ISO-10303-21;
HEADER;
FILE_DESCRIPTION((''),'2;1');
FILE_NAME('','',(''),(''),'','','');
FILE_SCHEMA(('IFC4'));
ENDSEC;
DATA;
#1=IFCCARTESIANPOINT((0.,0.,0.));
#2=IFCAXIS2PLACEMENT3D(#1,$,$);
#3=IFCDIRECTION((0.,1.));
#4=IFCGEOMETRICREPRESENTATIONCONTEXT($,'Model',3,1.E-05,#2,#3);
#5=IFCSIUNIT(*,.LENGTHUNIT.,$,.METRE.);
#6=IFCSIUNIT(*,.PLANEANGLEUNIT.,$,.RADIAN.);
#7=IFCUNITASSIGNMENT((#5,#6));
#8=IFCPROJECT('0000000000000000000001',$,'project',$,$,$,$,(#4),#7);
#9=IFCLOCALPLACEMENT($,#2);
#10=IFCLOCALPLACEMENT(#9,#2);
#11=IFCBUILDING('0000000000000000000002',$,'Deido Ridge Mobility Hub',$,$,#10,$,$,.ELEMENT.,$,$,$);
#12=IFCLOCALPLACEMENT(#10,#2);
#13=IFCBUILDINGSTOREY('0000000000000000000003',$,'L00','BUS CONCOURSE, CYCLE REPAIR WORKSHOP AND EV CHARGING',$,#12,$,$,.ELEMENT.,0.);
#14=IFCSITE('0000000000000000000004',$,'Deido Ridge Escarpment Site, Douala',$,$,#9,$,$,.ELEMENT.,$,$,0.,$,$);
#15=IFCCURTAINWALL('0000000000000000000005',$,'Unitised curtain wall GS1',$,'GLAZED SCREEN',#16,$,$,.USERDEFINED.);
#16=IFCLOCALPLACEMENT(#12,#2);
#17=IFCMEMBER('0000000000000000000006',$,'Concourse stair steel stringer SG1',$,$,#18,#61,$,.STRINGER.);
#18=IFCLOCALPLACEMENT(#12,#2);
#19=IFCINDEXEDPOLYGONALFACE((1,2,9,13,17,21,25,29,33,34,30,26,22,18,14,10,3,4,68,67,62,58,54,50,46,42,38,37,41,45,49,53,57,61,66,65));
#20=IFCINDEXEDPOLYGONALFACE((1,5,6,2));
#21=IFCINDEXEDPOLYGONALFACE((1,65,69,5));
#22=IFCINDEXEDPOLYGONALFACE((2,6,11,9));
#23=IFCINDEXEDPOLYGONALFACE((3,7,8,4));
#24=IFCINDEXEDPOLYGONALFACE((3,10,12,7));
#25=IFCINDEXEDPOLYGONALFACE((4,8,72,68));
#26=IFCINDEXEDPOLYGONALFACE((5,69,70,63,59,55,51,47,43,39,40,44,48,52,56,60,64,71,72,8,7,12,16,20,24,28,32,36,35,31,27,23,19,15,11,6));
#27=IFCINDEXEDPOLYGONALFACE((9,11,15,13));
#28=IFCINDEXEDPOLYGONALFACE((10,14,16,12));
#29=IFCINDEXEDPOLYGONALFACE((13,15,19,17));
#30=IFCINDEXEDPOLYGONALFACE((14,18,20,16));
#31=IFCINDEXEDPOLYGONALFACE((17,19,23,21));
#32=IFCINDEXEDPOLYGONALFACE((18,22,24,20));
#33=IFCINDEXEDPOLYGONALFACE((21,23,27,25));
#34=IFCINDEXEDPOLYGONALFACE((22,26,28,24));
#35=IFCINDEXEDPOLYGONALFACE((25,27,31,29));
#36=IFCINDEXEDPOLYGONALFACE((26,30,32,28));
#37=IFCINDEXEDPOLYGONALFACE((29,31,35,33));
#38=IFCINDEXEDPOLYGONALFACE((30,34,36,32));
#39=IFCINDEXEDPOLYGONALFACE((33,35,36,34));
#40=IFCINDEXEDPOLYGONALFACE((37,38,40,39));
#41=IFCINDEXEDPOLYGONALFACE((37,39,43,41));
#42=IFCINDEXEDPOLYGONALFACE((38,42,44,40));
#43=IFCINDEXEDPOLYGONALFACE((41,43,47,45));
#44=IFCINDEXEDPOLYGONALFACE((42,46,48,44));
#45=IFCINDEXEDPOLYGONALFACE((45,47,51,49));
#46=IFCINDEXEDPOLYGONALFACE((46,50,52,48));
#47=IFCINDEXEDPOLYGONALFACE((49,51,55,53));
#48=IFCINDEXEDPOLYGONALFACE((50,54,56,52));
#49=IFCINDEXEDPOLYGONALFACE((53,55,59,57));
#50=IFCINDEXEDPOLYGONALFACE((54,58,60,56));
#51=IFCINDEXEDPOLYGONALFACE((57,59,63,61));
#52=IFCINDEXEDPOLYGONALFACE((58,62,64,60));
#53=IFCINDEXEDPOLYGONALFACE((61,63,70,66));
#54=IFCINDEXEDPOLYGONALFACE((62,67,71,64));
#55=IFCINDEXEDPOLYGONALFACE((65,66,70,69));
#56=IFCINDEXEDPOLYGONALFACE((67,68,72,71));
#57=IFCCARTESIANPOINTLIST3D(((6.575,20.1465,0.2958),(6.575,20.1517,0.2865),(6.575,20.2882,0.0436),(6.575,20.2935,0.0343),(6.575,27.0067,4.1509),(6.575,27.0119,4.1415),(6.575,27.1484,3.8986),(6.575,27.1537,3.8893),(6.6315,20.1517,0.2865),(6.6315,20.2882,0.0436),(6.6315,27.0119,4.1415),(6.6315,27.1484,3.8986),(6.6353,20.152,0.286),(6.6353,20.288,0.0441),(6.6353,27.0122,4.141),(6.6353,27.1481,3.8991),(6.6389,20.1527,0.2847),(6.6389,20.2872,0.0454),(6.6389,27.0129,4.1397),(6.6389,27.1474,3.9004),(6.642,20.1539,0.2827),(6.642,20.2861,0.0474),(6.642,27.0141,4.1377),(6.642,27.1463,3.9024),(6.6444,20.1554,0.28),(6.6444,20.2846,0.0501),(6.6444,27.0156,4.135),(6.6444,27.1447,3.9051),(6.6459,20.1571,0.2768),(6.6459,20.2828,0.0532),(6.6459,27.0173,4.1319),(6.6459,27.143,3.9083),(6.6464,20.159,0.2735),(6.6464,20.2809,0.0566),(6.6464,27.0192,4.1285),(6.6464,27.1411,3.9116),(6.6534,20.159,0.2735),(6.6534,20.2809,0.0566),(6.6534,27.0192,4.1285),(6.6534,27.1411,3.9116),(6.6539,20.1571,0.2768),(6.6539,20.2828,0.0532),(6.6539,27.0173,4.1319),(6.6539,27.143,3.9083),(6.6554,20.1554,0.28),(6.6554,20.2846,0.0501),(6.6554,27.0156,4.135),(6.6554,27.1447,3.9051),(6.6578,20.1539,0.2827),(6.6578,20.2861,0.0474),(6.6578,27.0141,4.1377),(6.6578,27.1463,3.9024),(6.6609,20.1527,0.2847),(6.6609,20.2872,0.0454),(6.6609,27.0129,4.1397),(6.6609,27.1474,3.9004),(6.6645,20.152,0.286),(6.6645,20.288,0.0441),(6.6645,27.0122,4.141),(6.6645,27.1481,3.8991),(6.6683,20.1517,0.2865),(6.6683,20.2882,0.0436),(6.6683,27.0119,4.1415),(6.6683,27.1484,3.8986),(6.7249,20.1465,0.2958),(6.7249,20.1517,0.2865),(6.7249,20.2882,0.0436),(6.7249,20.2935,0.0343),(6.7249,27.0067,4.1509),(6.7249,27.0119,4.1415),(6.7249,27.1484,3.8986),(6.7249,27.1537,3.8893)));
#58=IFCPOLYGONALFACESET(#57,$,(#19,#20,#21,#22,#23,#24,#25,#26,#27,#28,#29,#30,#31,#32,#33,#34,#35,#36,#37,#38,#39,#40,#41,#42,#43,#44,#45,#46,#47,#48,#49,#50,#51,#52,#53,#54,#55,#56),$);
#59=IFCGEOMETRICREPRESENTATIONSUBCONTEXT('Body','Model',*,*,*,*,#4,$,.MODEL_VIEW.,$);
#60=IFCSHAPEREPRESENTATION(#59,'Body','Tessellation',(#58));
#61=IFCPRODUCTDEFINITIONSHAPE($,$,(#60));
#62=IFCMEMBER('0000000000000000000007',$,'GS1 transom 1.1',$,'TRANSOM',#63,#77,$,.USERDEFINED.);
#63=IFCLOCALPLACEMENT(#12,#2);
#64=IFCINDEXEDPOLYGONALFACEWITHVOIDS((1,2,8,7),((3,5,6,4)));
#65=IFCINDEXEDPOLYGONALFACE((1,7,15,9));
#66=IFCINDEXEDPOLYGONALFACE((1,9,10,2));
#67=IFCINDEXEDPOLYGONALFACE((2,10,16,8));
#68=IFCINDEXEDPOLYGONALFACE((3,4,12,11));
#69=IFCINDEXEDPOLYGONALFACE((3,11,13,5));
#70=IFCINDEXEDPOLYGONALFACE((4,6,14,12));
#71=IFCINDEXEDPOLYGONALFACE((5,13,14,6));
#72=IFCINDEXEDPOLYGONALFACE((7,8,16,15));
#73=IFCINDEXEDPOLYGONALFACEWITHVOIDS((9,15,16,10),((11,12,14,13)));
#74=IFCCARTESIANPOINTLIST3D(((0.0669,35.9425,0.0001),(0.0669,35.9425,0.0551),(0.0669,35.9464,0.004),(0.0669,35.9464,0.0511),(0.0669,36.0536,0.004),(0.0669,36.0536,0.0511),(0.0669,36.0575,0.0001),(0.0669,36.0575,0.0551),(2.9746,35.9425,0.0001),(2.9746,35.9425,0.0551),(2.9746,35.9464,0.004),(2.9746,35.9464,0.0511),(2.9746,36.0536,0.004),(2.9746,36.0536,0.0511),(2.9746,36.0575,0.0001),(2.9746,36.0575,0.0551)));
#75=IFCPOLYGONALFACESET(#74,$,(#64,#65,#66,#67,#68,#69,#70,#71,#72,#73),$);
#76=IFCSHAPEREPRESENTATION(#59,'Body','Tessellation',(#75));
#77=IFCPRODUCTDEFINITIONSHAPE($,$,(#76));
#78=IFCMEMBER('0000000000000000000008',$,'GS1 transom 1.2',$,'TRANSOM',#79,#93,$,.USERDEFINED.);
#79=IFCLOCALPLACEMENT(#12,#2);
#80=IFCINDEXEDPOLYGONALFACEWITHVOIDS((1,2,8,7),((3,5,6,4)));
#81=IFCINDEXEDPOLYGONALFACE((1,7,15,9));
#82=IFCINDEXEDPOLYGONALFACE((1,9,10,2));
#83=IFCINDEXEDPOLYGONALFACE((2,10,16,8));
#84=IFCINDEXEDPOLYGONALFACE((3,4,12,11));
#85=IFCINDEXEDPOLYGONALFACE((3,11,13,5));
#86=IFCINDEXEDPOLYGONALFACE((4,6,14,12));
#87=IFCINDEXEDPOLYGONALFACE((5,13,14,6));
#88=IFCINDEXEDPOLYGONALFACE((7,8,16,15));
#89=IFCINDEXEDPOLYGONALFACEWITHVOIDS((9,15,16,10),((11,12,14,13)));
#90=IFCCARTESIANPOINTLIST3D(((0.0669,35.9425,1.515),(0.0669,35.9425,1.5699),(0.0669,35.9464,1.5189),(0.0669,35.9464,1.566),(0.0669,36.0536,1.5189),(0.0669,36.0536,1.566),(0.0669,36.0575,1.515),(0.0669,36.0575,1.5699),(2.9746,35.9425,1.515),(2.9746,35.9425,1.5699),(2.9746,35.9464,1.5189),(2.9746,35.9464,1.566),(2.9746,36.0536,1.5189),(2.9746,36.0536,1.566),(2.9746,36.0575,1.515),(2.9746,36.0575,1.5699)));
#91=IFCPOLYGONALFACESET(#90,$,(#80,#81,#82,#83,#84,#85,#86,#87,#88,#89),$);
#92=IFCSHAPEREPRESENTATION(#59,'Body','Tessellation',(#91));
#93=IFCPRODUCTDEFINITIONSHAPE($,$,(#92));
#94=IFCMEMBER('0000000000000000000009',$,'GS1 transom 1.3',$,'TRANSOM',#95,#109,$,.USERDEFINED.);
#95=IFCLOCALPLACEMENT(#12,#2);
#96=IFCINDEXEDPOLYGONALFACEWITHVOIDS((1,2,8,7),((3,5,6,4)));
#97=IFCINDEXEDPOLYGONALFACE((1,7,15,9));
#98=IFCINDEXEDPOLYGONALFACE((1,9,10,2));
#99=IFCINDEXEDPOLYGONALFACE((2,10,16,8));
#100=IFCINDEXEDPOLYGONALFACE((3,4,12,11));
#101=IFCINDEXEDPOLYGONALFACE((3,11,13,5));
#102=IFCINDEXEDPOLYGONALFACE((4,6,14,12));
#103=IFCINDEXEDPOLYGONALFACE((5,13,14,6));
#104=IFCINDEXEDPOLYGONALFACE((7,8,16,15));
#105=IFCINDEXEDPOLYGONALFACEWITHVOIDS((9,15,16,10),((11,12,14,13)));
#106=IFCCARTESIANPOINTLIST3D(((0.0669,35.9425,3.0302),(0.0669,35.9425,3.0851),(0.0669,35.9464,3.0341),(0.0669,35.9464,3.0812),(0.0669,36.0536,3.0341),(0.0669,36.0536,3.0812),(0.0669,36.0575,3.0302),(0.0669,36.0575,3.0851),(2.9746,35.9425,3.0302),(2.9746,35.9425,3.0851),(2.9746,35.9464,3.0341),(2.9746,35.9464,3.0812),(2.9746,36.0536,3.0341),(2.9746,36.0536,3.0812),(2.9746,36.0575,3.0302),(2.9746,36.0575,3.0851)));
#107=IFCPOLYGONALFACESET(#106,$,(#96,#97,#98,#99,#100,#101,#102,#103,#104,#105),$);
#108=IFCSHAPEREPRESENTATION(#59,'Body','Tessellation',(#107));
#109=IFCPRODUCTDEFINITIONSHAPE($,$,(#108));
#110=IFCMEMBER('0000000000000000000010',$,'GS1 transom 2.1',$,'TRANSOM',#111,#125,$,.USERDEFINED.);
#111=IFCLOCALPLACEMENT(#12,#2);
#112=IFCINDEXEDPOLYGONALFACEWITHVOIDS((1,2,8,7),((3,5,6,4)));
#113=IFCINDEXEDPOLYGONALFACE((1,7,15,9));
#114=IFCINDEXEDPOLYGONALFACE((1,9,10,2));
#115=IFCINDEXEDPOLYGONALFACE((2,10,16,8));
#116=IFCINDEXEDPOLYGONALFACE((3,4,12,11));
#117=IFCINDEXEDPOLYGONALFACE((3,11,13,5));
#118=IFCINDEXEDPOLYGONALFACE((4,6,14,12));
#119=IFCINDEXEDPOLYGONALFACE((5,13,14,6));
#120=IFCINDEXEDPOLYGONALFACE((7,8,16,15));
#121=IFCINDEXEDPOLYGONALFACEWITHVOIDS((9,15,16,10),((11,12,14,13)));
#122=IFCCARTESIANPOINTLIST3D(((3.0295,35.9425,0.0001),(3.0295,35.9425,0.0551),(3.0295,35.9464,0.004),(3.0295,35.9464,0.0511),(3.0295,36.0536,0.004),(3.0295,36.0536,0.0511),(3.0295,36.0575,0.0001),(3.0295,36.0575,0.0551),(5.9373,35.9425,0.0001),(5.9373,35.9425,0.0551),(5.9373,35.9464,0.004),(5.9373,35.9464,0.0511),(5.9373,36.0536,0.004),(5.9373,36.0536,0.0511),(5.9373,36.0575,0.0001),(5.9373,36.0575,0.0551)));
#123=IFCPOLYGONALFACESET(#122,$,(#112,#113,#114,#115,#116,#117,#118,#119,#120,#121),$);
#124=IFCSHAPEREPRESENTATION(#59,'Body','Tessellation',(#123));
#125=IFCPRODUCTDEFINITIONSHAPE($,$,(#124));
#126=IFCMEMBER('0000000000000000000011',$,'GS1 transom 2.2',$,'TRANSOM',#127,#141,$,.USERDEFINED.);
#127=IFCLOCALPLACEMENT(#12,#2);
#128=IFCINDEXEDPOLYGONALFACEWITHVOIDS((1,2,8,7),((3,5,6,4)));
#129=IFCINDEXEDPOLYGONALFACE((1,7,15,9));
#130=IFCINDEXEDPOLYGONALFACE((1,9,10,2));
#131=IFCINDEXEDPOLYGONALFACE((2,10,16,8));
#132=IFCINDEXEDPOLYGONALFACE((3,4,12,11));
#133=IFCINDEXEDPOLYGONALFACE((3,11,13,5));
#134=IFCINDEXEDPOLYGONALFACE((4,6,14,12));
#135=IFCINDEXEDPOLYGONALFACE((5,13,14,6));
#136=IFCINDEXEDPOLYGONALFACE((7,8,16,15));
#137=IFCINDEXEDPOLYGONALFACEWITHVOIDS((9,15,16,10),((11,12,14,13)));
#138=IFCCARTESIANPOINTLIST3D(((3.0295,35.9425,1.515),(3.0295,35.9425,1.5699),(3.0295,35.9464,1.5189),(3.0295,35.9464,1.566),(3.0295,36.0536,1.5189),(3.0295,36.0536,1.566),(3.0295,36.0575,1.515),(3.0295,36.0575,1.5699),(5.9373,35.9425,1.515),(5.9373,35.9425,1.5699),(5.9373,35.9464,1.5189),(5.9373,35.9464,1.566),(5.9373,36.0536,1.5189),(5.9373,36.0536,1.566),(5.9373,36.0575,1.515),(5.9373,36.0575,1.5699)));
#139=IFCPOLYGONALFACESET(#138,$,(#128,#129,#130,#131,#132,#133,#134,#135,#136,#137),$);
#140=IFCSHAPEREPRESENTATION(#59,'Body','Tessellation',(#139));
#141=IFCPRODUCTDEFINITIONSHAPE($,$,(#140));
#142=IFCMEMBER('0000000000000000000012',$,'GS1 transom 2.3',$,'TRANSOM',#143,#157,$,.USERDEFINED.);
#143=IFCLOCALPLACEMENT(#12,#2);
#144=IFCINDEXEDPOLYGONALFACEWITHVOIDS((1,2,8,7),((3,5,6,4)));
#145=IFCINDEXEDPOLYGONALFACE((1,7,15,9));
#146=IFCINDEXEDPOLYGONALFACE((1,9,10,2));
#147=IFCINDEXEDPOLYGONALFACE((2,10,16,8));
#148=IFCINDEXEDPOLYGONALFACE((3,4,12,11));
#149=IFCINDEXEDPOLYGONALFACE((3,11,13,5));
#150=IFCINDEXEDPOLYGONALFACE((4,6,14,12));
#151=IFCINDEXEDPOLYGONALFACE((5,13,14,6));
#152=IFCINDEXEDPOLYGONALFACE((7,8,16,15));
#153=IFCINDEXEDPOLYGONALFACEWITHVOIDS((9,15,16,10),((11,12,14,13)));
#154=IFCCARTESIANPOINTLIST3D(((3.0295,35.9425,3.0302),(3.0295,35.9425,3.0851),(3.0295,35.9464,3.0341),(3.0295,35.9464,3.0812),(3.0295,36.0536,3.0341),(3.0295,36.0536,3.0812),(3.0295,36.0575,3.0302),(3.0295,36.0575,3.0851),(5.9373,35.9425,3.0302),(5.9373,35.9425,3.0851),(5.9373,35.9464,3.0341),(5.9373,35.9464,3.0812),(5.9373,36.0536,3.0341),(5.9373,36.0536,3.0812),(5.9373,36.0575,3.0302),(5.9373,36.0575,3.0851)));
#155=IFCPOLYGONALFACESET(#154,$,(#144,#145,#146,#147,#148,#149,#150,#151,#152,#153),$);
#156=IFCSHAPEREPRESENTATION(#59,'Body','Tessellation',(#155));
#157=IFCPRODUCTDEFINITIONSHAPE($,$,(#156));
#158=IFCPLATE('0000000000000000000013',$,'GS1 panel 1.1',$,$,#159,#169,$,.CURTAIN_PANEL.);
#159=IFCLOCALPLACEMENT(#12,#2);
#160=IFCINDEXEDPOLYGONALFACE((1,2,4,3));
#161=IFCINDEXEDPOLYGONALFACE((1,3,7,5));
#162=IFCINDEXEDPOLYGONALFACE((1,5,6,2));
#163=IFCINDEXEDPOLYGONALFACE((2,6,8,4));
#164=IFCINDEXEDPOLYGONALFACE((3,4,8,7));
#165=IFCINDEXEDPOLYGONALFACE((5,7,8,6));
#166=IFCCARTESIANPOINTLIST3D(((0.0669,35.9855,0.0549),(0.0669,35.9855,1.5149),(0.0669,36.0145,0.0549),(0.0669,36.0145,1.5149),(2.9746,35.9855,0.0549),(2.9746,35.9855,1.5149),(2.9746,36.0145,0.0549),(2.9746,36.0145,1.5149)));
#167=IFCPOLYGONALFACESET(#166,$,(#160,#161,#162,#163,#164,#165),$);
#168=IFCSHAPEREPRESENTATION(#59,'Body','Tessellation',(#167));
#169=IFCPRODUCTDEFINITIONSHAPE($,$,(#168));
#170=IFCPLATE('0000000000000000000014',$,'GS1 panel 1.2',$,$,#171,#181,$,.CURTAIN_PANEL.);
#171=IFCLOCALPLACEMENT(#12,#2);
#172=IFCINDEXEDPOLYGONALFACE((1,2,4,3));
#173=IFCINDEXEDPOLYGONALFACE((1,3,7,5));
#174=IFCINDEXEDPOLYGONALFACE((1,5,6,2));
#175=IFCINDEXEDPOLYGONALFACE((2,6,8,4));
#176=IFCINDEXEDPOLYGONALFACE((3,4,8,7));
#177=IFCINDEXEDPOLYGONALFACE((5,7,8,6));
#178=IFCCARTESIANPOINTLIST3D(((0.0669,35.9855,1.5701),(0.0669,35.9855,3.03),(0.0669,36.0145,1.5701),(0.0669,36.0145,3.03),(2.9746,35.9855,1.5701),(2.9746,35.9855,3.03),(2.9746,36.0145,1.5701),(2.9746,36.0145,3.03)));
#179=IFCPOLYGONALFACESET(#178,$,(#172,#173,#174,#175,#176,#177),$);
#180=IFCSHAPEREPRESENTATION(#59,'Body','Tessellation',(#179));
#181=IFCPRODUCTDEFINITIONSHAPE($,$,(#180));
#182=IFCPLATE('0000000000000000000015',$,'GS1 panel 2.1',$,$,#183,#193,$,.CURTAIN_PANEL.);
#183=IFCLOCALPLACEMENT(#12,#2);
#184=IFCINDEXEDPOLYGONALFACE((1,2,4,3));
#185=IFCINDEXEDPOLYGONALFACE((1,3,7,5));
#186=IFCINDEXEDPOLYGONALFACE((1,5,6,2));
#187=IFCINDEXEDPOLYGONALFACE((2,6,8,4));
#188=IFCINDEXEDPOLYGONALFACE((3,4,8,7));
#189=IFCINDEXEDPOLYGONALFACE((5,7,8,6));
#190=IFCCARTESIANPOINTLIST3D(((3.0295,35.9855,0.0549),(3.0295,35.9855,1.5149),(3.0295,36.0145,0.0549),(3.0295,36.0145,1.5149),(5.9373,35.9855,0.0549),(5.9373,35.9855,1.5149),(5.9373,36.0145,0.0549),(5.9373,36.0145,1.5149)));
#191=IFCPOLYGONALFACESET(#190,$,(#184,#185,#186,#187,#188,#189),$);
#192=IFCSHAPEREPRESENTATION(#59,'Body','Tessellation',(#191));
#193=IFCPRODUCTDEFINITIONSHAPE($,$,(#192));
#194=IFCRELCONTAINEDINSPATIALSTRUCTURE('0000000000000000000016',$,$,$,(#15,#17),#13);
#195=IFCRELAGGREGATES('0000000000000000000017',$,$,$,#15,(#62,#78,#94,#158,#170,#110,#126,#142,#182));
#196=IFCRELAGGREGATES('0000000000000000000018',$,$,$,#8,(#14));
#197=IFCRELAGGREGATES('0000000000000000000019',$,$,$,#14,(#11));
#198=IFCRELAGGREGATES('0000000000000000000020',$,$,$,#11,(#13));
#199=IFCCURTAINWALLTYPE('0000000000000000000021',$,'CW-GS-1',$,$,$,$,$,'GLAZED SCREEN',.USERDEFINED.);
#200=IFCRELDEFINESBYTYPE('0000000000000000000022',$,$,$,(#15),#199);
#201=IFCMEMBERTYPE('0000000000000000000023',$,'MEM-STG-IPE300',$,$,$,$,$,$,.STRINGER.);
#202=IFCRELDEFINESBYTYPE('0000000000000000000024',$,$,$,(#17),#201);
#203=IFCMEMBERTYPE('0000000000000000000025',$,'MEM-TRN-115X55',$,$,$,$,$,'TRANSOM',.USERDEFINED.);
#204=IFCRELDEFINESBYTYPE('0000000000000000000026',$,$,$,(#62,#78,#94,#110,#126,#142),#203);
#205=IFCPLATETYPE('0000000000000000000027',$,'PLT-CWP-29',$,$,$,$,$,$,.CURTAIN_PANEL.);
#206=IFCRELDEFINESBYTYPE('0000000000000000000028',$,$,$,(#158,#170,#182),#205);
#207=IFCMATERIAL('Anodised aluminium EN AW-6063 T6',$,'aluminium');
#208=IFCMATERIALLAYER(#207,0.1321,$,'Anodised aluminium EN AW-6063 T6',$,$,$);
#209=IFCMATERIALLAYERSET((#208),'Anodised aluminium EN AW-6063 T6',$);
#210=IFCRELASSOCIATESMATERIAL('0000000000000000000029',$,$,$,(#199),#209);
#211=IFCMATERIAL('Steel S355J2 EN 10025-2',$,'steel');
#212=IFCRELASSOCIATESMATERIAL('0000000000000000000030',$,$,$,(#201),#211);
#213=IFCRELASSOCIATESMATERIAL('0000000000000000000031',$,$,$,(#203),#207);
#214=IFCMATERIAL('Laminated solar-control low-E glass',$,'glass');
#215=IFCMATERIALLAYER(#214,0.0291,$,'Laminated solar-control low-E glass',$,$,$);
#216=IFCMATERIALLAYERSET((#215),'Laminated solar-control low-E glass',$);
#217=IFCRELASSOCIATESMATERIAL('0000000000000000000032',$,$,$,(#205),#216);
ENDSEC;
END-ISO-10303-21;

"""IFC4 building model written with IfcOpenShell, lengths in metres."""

from ifc_helpers import new_model, si_unit, direction, frame, origin, origin_2d, place, context, subcontext, project, spatial, rectangle, hollow_rectangle, i_section, extrude, material, layer, layer_set, material_profile, profile_set, type_object, element, aggregate, save


model = new_model("IFC4")

# Units and contexts
model_context = context("Model", 3, precision=1e-05, world=origin(), true_north=direction((0.0, 1.0)))
body_context = subcontext(model_context, "Body", "Model", "MODEL_VIEW")
ifc_project = project(units=[si_unit("LENGTHUNIT", "METRE"), si_unit("PLANEANGLEUNIT", "RADIAN")], contexts=[model_context])

# Site, building, storey
site_placement = place(None, origin())
site = spatial("IfcSite", under=ifc_project, at=site_placement, Name="Deido Ridge Escarpment Site, Douala", CompositionType="ELEMENT", RefElevation=0.0)
building_placement = place(site_placement, origin())
building = spatial("IfcBuilding", under=site, at=building_placement, Name="Deido Ridge Mobility Hub", CompositionType="ELEMENT")
storey_placement = place(building_placement, origin())
storey = spatial("IfcBuildingStorey", under=building, at=storey_placement, Name="L00", Description="BUS CONCOURSE, CYCLE REPAIR WORKSHOP AND EV CHARGING", CompositionType="ELEMENT", Elevation=0.0)

# Shared definitions
ifc_material_1 = material(Name="Steel S355J2 EN 10025-2", Category="steel")

# Curtain wall
ifc_material_2 = material(Name="Anodised aluminium EN AW-6063 T6", Category="aluminium")
ifc_layer_1 = layer(ifc_material_2, 0.1321, Name="Anodised aluminium EN AW-6063 T6")
ifc_layer_set_1 = layer_set([ifc_layer_1], Name="Anodised aluminium EN AW-6063 T6")
curtain_wall_type = type_object("IfcCurtainWallType", Name="CW-GS-1", ElementType="GLAZED SCREEN", PredefinedType="USERDEFINED", material=ifc_layer_set_1)
curtain_wall_placement = place(storey_placement, origin())
curtain_wall = element("IfcCurtainWall", 1, at=curtain_wall_placement, inside=storey, type_object=curtain_wall_type, Name="Unitised curtain wall GS1", ObjectType="GLAZED SCREEN", PredefinedType="USERDEFINED")

# Member
ifc_material_profile_1 = material_profile(ifc_material_1, i_section(OverallWidth=0.1499, OverallDepth=0.3, WebThickness=0.0071, FlangeThickness=0.0107, FilletRadius=0.0149, at=origin_2d()), Name="IPE 300")
ifc_profile_set_1 = profile_set([ifc_material_profile_1], Name="Steel S355J2 EN 10025-2")
member_type_1 = type_object("IfcMemberType", Name="MEM-STG-IPE300", PredefinedType="STRINGER", material=ifc_profile_set_1)
for number, where, z_axis, x_axis, name in (
    (2, (6.6499, 20.22, 0.165), (0.0, 0.871783, 0.489891), (-1.0, 0.0, 0.0), "Concourse stair steel stringer SG1"),
):
    element("IfcMember", number, at=place(storey_placement, frame(where, z_axis=z_axis, x_axis=x_axis)), inside=storey, type_object=member_type_1, Name=name, PredefinedType="STRINGER", context=body_context, shape_type="SweptSolid", body=[
        extrude(i_section(OverallWidth=0.1499, OverallDepth=0.3, WebThickness=0.0071, FlangeThickness=0.0107, FilletRadius=0.0149, at=origin_2d()), origin(), (0.0, 0.0, 1.0), 7.8691),
    ])

# Members
ifc_material_profile_2 = material_profile(ifc_material_2, hollow_rectangle(XDim=0.115, YDim=0.0549, WallThickness=0.0039, at=origin_2d()), Name="RHS 115x55x4")
ifc_profile_set_2 = profile_set([ifc_material_profile_2], Name="Anodised aluminium EN AW-6063 T6")
member_type_2 = type_object("IfcMemberType", Name="MEM-TRN-115X55", ElementType="TRANSOM", PredefinedType="USERDEFINED", material=ifc_profile_set_2)
member_1_placement = place(storey_placement, frame((0.0669, 36.0, 0.0276), z_axis=(1.0, 0.0, 0.0), x_axis=(0.0, 1.0, 0.0)))
member_1 = element("IfcMember", 3, at=member_1_placement, type_object=member_type_2, Name="GS1 transom 1.1", ObjectType="TRANSOM", PredefinedType="USERDEFINED", context=body_context, shape_type="SweptSolid", body=[
    extrude(hollow_rectangle(XDim=0.115, YDim=0.0549, WallThickness=0.0039, at=origin_2d()), origin(), (0.0, 0.0, 1.0), 2.9077),
])
member_2_placement = place(storey_placement, frame((0.0669, 36.0, 1.5425), z_axis=(1.0, 0.0, 0.0), x_axis=(0.0, 1.0, 0.0)))
member_2 = element("IfcMember", 4, at=member_2_placement, type_object=member_type_2, Name="GS1 transom 1.2", ObjectType="TRANSOM", PredefinedType="USERDEFINED", context=body_context, shape_type="SweptSolid", body=[
    extrude(hollow_rectangle(XDim=0.115, YDim=0.0549, WallThickness=0.0039, at=origin_2d()), origin(), (0.0, 0.0, 1.0), 2.9077),
])
member_3_placement = place(storey_placement, frame((0.0669, 36.0, 3.0576), z_axis=(1.0, 0.0, 0.0), x_axis=(0.0, 1.0, 0.0)))
member_3 = element("IfcMember", 5, at=member_3_placement, type_object=member_type_2, Name="GS1 transom 1.3", ObjectType="TRANSOM", PredefinedType="USERDEFINED", context=body_context, shape_type="SweptSolid", body=[
    extrude(hollow_rectangle(XDim=0.115, YDim=0.0549, WallThickness=0.0039, at=origin_2d()), origin(), (0.0, 0.0, 1.0), 2.9077),
])
member_4_placement = place(storey_placement, frame((3.0295, 36.0, 0.0276), z_axis=(1.0, 0.0, 0.0), x_axis=(0.0, 1.0, 0.0)))
member_4 = element("IfcMember", 6, at=member_4_placement, type_object=member_type_2, Name="GS1 transom 2.1", ObjectType="TRANSOM", PredefinedType="USERDEFINED", context=body_context, shape_type="SweptSolid", body=[
    extrude(hollow_rectangle(XDim=0.115, YDim=0.0549, WallThickness=0.0039, at=origin_2d()), origin(), (0.0, 0.0, 1.0), 2.9077),
])
member_5_placement = place(storey_placement, frame((3.0295, 36.0, 1.5425), z_axis=(1.0, 0.0, 0.0), x_axis=(0.0, 1.0, 0.0)))
member_5 = element("IfcMember", 7, at=member_5_placement, type_object=member_type_2, Name="GS1 transom 2.2", ObjectType="TRANSOM", PredefinedType="USERDEFINED", context=body_context, shape_type="SweptSolid", body=[
    extrude(hollow_rectangle(XDim=0.115, YDim=0.0549, WallThickness=0.0039, at=origin_2d()), origin(), (0.0, 0.0, 1.0), 2.9077),
])
member_6_placement = place(storey_placement, frame((3.0295, 36.0, 3.0576), z_axis=(1.0, 0.0, 0.0), x_axis=(0.0, 1.0, 0.0)))
member_6 = element("IfcMember", 8, at=member_6_placement, type_object=member_type_2, Name="GS1 transom 2.3", ObjectType="TRANSOM", PredefinedType="USERDEFINED", context=body_context, shape_type="SweptSolid", body=[
    extrude(hollow_rectangle(XDim=0.115, YDim=0.0549, WallThickness=0.0039, at=origin_2d()), origin(), (0.0, 0.0, 1.0), 2.9077),
])

# Plates
ifc_material_3 = material(Name="Laminated solar-control low-E glass", Category="glass")
ifc_layer_2 = layer(ifc_material_3, 0.0291, Name="Laminated solar-control low-E glass")
ifc_layer_set_2 = layer_set([ifc_layer_2], Name="Laminated solar-control low-E glass")
plate_type = type_object("IfcPlateType", Name="PLT-CWP-29", PredefinedType="CURTAIN_PANEL", material=ifc_layer_set_2)
plate_1_placement = place(storey_placement, frame((1.5208, 36.0, 0.0549), z_axis=(0.0, 0.0, 1.0), x_axis=(1.0, 0.0, 0.0)))
plate_1 = element("IfcPlate", 9, at=plate_1_placement, type_object=plate_type, Name="GS1 panel 1.1", PredefinedType="CURTAIN_PANEL", context=body_context, shape_type="SweptSolid", body=[
    extrude(rectangle(XDim=2.9077, YDim=0.0291, at=origin_2d()), origin(), (0.0, 0.0, 1.0), 1.46),
])
plate_2_placement = place(storey_placement, frame((1.5208, 36.0, 1.5701), z_axis=(0.0, 0.0, 1.0), x_axis=(1.0, 0.0, 0.0)))
plate_2 = element("IfcPlate", 10, at=plate_2_placement, type_object=plate_type, Name="GS1 panel 1.2", PredefinedType="CURTAIN_PANEL", context=body_context, shape_type="SweptSolid", body=[
    extrude(rectangle(XDim=2.9077, YDim=0.0291, at=origin_2d()), origin(), (0.0, 0.0, 1.0), 1.46),
])
plate_3_placement = place(storey_placement, frame((4.4834, 36.0, 0.0549), z_axis=(0.0, 0.0, 1.0), x_axis=(1.0, 0.0, 0.0)))
plate_3 = element("IfcPlate", 11, at=plate_3_placement, type_object=plate_type, Name="GS1 panel 2.1", PredefinedType="CURTAIN_PANEL", context=body_context, shape_type="SweptSolid", body=[
    extrude(rectangle(XDim=2.9077, YDim=0.0291, at=origin_2d()), origin(), (0.0, 0.0, 1.0), 1.46),
])
aggregate(curtain_wall, [member_1, member_2, member_3, plate_1, plate_2, member_4, member_5, member_6, plate_3])

save(model, "model.ifc")
